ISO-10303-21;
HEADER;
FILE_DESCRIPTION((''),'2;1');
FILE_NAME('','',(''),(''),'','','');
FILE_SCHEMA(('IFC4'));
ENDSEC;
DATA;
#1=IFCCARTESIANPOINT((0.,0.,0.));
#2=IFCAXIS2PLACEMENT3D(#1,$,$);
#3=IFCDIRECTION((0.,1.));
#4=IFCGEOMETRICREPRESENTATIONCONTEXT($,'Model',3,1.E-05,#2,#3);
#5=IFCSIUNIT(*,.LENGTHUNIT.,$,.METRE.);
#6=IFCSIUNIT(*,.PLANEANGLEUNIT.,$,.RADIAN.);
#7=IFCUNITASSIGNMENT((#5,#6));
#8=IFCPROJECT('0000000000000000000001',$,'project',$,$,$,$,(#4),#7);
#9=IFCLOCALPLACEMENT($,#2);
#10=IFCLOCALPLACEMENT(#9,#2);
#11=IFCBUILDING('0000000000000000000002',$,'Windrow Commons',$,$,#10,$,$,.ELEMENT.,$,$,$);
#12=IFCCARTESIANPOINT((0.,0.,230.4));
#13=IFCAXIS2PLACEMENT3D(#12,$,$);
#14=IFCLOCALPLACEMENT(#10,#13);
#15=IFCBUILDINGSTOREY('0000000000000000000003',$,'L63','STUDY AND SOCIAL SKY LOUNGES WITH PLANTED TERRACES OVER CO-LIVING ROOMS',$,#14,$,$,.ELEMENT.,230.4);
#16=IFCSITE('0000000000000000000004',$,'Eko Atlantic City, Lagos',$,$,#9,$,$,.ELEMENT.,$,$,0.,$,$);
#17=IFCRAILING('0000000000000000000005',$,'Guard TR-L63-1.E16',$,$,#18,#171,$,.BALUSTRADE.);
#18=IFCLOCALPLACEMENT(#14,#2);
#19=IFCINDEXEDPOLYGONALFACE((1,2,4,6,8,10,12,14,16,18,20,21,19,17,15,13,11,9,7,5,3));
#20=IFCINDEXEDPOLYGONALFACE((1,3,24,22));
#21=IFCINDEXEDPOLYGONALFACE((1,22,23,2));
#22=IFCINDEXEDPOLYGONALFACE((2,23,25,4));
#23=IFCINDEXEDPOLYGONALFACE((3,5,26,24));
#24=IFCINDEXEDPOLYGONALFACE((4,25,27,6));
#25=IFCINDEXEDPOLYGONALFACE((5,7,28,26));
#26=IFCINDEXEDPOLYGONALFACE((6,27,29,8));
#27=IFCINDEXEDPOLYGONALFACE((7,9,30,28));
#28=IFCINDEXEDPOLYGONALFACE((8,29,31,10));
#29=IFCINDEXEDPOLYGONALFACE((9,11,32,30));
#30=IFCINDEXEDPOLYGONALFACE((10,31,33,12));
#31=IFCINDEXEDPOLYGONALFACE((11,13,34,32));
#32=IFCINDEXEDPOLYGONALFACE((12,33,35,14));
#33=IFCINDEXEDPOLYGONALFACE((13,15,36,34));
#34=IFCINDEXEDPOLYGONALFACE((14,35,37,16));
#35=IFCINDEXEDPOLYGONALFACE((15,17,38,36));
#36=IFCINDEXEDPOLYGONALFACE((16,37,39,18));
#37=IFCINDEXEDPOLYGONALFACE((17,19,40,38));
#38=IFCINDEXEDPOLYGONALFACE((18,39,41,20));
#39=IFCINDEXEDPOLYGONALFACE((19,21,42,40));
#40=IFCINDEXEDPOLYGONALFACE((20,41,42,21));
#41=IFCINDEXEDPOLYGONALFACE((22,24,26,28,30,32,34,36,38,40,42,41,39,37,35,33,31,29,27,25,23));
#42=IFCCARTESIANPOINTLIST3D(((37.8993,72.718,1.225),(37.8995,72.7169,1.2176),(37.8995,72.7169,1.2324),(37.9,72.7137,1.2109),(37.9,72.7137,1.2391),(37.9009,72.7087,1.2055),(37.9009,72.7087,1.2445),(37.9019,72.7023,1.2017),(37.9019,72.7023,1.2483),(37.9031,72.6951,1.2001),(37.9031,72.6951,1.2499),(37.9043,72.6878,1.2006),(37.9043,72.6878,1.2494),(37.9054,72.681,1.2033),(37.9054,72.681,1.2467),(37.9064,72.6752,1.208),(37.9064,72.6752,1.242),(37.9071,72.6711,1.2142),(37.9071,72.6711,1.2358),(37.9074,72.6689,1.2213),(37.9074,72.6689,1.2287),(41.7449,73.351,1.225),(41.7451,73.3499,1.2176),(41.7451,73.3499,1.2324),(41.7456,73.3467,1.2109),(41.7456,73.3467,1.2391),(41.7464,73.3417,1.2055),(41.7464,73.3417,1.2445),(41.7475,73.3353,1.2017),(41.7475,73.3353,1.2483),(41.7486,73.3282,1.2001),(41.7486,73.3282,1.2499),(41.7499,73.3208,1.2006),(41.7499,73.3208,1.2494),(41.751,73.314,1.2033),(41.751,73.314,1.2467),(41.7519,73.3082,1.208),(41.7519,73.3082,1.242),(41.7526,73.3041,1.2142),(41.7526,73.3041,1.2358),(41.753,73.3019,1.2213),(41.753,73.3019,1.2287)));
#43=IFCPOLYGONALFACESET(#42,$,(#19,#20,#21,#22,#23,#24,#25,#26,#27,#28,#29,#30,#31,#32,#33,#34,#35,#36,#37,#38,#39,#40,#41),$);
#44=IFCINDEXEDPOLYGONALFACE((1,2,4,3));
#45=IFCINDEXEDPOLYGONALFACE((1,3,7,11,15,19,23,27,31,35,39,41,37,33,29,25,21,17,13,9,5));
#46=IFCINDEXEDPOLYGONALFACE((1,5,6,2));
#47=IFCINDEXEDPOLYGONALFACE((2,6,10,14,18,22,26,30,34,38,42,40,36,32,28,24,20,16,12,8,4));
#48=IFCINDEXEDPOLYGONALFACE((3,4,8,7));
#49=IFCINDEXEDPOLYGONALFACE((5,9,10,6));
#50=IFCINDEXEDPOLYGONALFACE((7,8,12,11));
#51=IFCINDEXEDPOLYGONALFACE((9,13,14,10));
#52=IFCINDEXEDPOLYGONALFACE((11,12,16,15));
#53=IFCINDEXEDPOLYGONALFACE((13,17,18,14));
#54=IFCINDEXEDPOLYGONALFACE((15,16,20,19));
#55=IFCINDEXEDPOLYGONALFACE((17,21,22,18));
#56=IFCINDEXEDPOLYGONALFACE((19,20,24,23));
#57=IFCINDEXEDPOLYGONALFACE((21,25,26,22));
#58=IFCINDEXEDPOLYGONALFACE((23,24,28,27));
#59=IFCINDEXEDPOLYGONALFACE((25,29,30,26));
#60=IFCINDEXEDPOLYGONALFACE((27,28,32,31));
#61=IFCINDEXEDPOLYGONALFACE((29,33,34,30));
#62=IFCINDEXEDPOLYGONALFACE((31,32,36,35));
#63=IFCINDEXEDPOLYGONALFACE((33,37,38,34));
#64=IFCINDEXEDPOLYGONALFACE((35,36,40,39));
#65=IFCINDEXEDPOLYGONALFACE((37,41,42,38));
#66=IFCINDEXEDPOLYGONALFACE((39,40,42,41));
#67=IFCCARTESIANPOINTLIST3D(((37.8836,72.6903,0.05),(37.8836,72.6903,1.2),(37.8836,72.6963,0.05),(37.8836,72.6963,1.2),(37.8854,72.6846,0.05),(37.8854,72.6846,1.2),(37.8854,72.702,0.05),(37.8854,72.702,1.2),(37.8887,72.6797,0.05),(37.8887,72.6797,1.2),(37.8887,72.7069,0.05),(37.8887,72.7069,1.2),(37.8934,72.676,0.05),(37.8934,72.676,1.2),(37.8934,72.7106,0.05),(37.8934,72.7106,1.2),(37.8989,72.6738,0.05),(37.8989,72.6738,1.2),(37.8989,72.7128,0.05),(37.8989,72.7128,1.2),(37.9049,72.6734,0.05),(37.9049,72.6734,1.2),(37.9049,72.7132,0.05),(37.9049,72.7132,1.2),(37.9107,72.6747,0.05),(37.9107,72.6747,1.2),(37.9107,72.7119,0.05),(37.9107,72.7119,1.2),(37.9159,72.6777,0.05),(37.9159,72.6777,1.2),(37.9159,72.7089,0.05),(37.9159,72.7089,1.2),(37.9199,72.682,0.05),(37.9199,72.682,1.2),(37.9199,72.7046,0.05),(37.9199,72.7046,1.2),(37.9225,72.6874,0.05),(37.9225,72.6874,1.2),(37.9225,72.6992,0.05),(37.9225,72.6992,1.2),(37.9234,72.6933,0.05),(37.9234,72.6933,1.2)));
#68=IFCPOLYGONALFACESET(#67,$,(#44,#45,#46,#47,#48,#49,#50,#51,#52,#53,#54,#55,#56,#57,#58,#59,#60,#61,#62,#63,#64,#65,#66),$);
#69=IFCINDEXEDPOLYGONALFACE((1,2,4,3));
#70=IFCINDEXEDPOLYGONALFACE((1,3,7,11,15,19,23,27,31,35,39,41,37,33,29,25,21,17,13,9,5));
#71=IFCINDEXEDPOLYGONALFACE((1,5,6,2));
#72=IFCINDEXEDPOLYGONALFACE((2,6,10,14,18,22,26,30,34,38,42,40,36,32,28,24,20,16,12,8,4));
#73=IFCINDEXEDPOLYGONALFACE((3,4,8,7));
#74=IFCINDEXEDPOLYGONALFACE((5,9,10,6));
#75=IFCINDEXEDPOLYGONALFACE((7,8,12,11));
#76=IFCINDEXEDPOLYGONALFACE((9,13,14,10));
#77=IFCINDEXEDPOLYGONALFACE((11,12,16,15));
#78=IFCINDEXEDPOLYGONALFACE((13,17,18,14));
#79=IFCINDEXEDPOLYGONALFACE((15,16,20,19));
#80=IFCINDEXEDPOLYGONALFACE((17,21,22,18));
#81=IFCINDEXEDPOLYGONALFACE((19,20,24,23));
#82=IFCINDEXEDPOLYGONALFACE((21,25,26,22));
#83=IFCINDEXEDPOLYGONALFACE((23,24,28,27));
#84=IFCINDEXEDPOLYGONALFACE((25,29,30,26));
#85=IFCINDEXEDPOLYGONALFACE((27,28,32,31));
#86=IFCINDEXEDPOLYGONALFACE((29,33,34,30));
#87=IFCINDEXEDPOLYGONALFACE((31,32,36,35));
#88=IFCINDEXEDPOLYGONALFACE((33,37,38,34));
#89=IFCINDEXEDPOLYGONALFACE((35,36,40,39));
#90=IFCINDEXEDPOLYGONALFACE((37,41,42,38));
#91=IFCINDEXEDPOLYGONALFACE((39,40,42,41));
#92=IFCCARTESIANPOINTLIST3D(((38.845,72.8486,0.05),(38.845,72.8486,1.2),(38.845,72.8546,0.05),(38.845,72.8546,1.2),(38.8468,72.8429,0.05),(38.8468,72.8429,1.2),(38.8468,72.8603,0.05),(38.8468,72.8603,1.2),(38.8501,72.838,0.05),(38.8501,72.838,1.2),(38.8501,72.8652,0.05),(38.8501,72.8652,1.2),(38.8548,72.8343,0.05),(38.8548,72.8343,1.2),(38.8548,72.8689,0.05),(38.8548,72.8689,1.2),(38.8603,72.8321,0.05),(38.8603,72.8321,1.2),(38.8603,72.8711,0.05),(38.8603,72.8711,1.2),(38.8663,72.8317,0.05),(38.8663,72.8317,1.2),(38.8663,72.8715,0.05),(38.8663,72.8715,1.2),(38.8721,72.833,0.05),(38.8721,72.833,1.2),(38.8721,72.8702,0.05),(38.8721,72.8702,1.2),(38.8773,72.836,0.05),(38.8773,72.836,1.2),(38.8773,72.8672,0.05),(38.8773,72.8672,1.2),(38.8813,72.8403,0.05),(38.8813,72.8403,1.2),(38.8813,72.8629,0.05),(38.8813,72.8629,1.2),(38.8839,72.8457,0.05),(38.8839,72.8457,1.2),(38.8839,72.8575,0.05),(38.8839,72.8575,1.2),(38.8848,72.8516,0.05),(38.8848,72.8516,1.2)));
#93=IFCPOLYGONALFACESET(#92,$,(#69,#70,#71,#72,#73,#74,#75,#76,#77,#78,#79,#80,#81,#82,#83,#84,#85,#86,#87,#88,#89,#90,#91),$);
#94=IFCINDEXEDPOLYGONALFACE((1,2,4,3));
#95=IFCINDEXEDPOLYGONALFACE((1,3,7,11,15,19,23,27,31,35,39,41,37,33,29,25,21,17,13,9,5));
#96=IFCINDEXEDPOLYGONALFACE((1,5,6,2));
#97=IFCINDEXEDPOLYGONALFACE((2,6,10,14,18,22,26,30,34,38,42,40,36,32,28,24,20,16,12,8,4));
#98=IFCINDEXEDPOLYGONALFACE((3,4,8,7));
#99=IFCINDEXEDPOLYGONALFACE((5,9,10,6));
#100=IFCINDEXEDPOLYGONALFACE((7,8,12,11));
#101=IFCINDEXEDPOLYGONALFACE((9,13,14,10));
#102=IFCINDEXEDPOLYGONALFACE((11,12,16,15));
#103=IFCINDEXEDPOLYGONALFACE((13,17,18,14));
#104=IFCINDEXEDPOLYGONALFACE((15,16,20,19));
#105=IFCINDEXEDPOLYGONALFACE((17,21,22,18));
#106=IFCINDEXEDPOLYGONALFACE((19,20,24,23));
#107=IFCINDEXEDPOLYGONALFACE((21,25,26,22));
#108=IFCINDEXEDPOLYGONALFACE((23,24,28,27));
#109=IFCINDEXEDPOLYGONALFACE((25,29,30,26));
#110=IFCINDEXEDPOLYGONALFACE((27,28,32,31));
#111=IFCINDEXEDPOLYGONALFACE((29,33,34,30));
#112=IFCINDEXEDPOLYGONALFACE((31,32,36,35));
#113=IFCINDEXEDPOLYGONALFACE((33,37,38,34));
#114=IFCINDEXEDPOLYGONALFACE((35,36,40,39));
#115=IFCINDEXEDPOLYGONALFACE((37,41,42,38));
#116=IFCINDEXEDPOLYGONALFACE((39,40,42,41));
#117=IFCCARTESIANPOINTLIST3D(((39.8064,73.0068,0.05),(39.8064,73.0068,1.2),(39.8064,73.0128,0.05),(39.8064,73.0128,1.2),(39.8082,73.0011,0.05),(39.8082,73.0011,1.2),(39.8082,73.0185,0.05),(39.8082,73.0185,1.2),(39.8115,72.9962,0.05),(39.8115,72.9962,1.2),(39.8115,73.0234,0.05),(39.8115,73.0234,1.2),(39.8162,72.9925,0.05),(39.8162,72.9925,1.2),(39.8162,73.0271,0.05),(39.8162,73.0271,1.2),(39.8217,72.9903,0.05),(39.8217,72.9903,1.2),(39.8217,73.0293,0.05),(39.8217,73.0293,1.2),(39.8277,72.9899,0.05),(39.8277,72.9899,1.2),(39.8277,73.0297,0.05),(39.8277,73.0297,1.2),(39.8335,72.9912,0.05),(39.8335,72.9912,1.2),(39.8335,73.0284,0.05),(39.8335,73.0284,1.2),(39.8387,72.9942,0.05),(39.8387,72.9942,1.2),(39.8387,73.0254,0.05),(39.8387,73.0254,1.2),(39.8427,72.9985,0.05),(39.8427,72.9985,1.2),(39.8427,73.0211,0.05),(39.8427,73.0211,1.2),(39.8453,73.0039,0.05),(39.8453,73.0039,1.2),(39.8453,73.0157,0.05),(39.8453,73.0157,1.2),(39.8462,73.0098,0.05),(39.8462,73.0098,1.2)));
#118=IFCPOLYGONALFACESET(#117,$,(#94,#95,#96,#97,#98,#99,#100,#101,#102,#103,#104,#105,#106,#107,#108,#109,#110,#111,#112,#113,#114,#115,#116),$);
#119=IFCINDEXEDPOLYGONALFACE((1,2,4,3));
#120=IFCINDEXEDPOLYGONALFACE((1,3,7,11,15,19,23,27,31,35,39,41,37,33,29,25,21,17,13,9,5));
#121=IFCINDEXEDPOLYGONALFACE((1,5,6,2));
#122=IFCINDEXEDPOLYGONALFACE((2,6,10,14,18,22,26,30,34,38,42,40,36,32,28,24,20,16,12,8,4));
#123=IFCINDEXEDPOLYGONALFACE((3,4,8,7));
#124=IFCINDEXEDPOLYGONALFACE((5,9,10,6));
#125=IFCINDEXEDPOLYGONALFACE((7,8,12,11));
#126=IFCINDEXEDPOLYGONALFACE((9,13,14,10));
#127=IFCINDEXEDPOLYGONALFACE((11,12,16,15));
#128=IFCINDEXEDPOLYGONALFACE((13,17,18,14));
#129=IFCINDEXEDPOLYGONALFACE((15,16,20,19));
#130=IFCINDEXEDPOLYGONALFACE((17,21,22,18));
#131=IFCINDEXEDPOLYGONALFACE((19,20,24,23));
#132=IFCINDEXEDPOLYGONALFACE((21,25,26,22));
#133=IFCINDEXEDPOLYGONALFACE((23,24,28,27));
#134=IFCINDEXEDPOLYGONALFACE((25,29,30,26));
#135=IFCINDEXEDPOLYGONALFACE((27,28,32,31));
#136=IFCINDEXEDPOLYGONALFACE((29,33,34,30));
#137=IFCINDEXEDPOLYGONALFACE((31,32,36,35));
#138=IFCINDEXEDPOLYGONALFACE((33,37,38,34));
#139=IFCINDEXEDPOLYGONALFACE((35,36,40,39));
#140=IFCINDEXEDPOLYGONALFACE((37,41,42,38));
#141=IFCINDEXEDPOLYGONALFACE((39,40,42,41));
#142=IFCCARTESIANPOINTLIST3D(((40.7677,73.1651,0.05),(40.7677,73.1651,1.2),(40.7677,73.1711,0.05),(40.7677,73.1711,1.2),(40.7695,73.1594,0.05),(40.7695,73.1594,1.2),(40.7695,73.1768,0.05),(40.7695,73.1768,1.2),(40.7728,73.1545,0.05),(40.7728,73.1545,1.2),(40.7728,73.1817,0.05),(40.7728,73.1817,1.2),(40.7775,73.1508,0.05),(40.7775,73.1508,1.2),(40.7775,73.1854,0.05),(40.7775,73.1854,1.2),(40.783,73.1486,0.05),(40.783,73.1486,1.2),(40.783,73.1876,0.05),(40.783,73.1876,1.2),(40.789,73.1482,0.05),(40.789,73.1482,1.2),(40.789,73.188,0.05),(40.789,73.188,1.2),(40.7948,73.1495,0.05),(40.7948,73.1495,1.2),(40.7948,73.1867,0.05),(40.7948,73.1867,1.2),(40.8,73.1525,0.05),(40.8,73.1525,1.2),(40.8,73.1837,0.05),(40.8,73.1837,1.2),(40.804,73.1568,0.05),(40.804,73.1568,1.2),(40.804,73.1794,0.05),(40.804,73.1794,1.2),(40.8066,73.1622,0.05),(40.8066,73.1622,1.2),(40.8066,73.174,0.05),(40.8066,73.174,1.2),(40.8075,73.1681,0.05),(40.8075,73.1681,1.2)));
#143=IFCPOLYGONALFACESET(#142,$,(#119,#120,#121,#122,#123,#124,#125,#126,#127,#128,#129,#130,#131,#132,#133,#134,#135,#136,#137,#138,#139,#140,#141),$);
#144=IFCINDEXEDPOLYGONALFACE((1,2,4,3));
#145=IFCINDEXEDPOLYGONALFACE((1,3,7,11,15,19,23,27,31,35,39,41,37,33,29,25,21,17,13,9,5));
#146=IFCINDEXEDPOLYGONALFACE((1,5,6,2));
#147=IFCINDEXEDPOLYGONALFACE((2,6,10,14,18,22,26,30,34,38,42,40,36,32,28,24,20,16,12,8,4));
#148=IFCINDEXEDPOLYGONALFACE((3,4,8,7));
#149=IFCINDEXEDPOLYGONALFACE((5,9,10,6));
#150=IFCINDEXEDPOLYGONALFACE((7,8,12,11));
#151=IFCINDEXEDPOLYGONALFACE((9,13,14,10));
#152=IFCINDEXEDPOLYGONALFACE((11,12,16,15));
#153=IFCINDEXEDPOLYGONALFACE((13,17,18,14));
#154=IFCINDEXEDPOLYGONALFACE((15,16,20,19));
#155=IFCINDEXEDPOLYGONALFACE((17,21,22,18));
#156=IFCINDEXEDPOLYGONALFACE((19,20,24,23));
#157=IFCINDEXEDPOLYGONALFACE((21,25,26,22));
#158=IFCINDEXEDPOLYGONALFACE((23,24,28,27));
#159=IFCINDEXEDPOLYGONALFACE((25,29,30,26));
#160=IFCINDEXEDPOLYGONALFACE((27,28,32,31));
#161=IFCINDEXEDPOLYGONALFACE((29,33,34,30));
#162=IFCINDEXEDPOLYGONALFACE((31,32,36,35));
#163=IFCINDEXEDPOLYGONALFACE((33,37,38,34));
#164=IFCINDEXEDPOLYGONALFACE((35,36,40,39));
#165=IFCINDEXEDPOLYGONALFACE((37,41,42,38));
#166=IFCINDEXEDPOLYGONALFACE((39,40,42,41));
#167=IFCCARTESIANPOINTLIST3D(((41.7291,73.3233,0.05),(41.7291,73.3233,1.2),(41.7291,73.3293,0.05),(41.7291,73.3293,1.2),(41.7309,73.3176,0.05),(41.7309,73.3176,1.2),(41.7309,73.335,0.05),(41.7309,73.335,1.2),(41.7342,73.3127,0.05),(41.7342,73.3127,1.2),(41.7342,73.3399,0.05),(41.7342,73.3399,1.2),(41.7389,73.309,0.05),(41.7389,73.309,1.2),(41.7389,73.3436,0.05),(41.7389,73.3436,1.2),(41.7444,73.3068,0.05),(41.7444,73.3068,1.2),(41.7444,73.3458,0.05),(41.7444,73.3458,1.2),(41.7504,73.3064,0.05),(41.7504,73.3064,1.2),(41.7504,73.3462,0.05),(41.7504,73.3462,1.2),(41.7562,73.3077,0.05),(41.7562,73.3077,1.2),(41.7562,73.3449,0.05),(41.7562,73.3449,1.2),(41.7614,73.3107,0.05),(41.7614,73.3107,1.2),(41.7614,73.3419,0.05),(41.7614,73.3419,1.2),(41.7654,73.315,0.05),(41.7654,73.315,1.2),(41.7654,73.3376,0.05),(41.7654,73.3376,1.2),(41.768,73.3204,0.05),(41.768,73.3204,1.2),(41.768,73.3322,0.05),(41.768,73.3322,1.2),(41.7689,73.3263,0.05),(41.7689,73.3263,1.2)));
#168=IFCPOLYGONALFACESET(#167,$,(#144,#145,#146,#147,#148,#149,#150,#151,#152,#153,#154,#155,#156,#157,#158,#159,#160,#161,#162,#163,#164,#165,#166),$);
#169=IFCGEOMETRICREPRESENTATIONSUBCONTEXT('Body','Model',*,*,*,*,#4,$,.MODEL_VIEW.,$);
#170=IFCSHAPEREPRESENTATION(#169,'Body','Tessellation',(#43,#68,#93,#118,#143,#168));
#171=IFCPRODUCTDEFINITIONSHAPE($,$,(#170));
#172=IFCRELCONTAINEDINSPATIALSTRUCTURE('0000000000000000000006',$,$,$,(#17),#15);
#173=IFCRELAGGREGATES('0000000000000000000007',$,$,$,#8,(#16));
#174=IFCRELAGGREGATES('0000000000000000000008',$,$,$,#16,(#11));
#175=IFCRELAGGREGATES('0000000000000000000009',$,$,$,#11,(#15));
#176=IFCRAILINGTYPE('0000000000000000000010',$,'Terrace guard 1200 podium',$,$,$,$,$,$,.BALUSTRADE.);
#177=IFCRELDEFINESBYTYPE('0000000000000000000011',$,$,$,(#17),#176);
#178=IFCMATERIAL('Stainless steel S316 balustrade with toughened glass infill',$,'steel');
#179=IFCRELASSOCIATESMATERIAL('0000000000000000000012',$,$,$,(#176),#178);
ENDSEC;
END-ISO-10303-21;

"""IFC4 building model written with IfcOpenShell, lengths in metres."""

from ifc_helpers import new_model, si_unit, direction, frame, origin, origin_2d, place, context, subcontext, project, spatial, circle, extrude, material, type_object, element, save


model = new_model("IFC4")

# Units and contexts
model_context = context("Model", 3, precision=1e-05, world=origin(), true_north=direction((0.0, 1.0)))
body_context = subcontext(model_context, "Body", "Model", "MODEL_VIEW")
ifc_project = project(units=[si_unit("LENGTHUNIT", "METRE"), si_unit("PLANEANGLEUNIT", "RADIAN")], contexts=[model_context])

# Site, building, storey
site_placement = place(None, origin())
site = spatial("IfcSite", under=ifc_project, at=site_placement, Name="Eko Atlantic City, Lagos", CompositionType="ELEMENT", RefElevation=0.0)
building_placement = place(site_placement, origin())
building = spatial("IfcBuilding", under=site, at=building_placement, Name="Windrow Commons", CompositionType="ELEMENT")
storey_placement = place(building_placement, frame((0.0, 0.0, 230.4)))
storey = spatial("IfcBuildingStorey", under=building, at=storey_placement, Name="L63", Description="STUDY AND SOCIAL SKY LOUNGES WITH PLANTED TERRACES OVER CO-LIVING ROOMS", CompositionType="ELEMENT", Elevation=230.4)

# Railing
ifc_material_1 = material(Name="Stainless steel S316 balustrade with toughened glass infill", Category="steel")
railing_type = type_object("IfcRailingType", Name="Terrace guard 1200 podium", PredefinedType="BALUSTRADE", material=ifc_material_1)
railing_1_placement = place(storey_placement, frame((37.9034, 72.6933, 0.05)))
element("IfcRailing", 1, at=railing_1_placement, inside=storey, type_object=railing_type, Name="Guard TR-L63-1.E16", PredefinedType="BALUSTRADE", context=body_context, shape_type="SweptSolid", body=[
    extrude(circle(Radius=0.025, at=origin_2d()), frame((0.0, 0.0, 1.175), z_axis=(0.986721, 0.162422, 0.0), x_axis=(-0.162422, 0.986721, 0.0)), (0.0, 0.0, 1.0), 3.8973),
    extrude(circle(Radius=0.02, at=origin_2d()), origin(), (0.0, 0.0, 1.0), 1.15),
    extrude(circle(Radius=0.02, at=origin_2d()), frame((0.9614, 0.1583, 0.0)), (0.0, 0.0, 1.0), 1.15),
    extrude(circle(Radius=0.02, at=origin_2d()), frame((1.9228, 0.3165, 0.0)), (0.0, 0.0, 1.0), 1.15),
    extrude(circle(Radius=0.02, at=origin_2d()), frame((2.8841, 0.4748, 0.0)), (0.0, 0.0, 1.0), 1.15),
    extrude(circle(Radius=0.02, at=origin_2d()), frame((3.8455, 0.633, 0.0)), (0.0, 0.0, 1.0), 1.15),
])

save(model, "model.ifc")
